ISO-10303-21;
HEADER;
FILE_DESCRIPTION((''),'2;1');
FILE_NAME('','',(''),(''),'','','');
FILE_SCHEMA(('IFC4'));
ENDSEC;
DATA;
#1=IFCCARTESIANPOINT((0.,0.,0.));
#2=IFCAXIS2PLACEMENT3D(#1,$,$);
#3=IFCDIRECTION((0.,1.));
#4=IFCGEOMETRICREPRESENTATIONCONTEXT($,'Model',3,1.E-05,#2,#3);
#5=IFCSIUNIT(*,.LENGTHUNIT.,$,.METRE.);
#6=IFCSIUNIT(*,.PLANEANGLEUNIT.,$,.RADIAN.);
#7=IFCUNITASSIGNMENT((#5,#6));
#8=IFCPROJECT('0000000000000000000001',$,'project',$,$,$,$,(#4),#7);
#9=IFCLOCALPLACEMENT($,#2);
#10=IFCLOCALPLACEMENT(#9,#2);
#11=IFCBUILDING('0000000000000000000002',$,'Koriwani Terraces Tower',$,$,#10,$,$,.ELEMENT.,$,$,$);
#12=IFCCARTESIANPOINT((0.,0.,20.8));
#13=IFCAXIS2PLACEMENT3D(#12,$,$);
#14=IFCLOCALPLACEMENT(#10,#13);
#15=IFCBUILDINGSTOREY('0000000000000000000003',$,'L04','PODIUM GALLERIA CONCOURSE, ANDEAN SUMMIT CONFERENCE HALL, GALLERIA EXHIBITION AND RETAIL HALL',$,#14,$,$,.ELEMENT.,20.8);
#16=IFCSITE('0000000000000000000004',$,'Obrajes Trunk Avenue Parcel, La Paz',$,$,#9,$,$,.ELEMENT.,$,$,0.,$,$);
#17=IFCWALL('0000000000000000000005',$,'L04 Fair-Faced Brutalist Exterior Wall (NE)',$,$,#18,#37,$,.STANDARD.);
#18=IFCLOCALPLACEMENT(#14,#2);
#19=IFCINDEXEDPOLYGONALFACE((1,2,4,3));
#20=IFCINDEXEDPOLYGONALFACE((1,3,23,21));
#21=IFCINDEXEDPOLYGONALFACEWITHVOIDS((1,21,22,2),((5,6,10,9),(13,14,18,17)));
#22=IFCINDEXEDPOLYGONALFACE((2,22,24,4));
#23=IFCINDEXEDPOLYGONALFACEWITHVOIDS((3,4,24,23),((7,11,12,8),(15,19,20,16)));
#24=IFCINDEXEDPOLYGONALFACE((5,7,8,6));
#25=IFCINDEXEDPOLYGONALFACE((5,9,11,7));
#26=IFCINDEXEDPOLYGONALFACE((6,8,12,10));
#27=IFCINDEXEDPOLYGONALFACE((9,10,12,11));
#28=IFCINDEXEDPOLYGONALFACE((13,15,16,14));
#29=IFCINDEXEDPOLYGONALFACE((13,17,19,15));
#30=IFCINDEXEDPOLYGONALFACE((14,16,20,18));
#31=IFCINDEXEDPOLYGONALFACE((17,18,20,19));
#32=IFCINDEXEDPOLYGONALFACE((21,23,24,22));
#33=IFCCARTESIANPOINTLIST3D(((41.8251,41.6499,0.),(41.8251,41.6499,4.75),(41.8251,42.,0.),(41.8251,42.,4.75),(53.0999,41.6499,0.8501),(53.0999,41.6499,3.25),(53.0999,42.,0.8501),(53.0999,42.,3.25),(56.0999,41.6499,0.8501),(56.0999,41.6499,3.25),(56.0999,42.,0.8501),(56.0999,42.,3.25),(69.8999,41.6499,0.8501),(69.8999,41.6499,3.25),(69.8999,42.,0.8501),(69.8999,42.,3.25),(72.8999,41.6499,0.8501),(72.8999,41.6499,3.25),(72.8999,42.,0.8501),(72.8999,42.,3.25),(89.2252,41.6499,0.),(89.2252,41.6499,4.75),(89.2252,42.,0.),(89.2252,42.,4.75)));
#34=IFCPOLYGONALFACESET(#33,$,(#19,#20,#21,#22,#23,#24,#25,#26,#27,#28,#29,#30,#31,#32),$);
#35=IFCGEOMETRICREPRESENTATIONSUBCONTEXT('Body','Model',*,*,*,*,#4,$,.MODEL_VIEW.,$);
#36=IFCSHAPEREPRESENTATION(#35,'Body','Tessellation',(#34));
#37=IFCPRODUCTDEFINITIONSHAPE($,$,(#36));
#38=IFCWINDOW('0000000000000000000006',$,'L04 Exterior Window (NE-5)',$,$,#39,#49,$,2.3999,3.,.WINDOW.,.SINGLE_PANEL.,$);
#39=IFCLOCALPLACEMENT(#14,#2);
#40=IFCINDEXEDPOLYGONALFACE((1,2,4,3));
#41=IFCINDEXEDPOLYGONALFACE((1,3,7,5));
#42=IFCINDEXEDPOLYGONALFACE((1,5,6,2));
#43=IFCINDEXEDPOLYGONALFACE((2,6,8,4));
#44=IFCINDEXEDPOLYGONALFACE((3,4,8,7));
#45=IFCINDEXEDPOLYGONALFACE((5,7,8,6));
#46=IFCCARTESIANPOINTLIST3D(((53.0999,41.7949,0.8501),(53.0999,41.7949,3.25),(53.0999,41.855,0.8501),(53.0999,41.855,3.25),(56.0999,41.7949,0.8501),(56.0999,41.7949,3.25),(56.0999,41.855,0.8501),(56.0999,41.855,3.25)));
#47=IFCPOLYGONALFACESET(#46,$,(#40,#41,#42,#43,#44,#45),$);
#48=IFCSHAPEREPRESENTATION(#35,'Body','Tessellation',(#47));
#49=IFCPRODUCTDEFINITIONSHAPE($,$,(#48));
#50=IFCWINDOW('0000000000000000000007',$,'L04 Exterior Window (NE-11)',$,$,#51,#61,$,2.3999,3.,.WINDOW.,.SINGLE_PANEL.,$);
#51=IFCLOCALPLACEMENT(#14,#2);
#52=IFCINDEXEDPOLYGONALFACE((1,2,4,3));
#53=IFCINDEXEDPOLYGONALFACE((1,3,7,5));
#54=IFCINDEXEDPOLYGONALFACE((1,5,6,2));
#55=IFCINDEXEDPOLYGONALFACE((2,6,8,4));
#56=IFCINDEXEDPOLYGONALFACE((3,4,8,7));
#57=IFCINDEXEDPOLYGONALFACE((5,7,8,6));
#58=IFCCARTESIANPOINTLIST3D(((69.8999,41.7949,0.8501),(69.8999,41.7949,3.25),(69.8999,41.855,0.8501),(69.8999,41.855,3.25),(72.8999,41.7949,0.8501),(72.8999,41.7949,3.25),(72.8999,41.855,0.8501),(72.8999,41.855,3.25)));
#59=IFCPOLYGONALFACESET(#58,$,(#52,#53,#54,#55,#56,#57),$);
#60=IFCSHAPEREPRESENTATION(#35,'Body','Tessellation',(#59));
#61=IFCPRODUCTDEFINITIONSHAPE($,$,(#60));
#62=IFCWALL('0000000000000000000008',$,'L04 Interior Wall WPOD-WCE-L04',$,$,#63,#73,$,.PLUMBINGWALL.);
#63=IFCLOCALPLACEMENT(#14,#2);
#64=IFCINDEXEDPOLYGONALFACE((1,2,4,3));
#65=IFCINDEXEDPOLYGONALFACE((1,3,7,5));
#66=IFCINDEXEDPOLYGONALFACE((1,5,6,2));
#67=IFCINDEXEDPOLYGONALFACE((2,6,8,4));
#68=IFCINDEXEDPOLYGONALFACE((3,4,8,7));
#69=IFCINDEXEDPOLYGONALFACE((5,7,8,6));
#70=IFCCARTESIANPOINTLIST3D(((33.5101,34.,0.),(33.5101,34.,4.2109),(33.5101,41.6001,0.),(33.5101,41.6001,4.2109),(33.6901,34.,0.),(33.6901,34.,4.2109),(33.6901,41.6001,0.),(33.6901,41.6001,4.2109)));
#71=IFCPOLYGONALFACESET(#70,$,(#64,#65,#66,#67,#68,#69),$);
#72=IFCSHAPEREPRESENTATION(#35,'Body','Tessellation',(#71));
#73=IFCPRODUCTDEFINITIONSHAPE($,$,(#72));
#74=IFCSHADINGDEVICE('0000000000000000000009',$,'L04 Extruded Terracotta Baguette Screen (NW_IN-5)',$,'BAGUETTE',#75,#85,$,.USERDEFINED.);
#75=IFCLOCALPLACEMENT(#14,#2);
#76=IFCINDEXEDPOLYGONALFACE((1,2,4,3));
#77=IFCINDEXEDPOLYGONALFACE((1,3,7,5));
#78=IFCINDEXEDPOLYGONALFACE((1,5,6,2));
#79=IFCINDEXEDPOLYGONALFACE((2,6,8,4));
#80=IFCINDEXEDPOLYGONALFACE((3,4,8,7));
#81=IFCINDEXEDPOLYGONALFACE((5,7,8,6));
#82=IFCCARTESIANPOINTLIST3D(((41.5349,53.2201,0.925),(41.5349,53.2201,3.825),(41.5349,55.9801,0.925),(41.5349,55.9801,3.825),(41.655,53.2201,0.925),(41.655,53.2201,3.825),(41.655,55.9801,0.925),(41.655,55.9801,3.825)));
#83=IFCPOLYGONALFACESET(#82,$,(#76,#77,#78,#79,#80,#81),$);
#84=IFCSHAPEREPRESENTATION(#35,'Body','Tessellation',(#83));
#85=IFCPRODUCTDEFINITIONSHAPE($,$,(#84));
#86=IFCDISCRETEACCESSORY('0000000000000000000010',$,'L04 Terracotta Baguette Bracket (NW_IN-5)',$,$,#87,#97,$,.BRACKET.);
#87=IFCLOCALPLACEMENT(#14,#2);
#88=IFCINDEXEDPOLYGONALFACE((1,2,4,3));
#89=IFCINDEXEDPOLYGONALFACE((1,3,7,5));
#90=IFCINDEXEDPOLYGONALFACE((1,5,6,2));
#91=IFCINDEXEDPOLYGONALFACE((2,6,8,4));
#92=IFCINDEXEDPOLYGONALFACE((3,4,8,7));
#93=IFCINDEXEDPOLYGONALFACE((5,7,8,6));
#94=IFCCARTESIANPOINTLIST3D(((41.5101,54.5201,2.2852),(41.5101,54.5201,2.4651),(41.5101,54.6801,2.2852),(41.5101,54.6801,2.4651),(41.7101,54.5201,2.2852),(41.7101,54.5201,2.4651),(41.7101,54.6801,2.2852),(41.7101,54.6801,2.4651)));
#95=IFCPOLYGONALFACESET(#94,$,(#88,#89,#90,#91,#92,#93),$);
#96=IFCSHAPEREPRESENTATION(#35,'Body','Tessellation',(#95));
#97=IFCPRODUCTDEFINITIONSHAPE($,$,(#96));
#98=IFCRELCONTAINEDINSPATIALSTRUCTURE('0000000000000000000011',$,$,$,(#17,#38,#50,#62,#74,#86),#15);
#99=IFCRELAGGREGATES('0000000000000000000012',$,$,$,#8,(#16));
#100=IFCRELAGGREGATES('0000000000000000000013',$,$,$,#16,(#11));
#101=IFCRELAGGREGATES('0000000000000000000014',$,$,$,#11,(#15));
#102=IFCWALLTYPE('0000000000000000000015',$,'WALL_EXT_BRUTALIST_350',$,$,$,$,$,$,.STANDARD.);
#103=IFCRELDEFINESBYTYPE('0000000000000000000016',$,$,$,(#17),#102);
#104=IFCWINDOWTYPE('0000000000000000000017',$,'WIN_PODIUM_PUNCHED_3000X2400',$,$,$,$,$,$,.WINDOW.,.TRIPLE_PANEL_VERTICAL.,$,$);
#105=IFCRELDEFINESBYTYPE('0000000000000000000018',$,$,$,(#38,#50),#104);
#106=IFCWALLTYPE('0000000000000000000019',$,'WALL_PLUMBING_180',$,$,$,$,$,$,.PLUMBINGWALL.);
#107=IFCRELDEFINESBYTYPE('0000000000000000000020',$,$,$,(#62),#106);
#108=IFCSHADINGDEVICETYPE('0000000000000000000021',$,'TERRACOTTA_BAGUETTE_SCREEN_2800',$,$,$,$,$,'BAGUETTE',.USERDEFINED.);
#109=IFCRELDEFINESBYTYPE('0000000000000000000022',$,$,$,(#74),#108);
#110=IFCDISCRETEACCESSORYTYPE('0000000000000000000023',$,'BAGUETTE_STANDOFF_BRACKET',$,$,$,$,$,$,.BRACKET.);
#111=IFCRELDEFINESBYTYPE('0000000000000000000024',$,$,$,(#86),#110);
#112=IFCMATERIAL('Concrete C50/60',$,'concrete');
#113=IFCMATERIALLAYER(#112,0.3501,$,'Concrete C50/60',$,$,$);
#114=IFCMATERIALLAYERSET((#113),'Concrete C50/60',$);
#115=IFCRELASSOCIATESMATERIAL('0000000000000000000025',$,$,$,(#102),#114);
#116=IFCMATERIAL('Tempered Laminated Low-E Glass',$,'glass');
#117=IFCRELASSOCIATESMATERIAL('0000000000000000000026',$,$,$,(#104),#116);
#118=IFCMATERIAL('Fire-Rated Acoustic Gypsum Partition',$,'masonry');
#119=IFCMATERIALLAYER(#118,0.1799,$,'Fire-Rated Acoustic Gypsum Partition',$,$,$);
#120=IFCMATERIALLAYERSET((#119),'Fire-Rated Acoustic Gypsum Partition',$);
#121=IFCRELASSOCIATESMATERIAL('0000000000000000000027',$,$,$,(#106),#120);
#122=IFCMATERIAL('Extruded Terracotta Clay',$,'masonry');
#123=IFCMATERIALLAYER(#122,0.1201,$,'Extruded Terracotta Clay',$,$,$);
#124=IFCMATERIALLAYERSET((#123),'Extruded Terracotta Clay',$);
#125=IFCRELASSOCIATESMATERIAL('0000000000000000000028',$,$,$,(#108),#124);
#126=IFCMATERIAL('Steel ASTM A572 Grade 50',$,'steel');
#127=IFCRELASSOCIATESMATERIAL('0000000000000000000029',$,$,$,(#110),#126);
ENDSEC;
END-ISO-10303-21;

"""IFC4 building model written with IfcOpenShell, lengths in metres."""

from ifc_helpers import new_model, si_unit, direction, frame, frame_2d, origin, origin_2d, place, context, subcontext, project, spatial, rectangle, extrude, material, layer, layer_set, type_object, element, fill, save


model = new_model("IFC4")

# Units and contexts
model_context = context("Model", 3, precision=1e-05, world=origin(), true_north=direction((0.0, 1.0)))
body_context = subcontext(model_context, "Body", "Model", "MODEL_VIEW")
ifc_project = project(units=[si_unit("LENGTHUNIT", "METRE"), si_unit("PLANEANGLEUNIT", "RADIAN")], contexts=[model_context])

# Site, building, storey
site_placement = place(None, origin())
site = spatial("IfcSite", under=ifc_project, at=site_placement, Name="Obrajes Trunk Avenue Parcel, La Paz", CompositionType="ELEMENT", RefElevation=0.0)
building_placement = place(site_placement, origin())
building = spatial("IfcBuilding", under=site, at=building_placement, Name="Koriwani Terraces Tower", CompositionType="ELEMENT")
storey_placement = place(building_placement, frame((0.0, 0.0, 20.8)))
storey = spatial("IfcBuildingStorey", under=building, at=storey_placement, Name="L04", Description="PODIUM GALLERIA CONCOURSE, ANDEAN SUMMIT CONFERENCE HALL, GALLERIA EXHIBITION AND RETAIL HALL", CompositionType="ELEMENT", Elevation=20.8)

# Shared definitions
ifc_material_1 = material(Name="Steel ASTM A572 Grade 50", Category="steel")

# Wall, openings, windows
ifc_material_2 = material(Name="Concrete C50/60", Category="concrete")
ifc_layer_1 = layer(ifc_material_2, 0.3501, Name="Concrete C50/60")
ifc_layer_set_1 = layer_set([ifc_layer_1], Name="Concrete C50/60")
wall_type_1 = type_object("IfcWallType", Name="WALL_EXT_BRUTALIST_350", PredefinedType="STANDARD", material=ifc_layer_set_1)
wall_1_placement = place(storey_placement, frame((41.825, 41.825, 0.0), z_axis=(0.0, 0.0, 1.0), x_axis=(1.0, 0.0, 0.0)))
wall_1 = element("IfcWall", 1, at=wall_1_placement, inside=storey, type_object=wall_type_1, Name="L04 Fair-Faced Brutalist Exterior Wall (NE)", PredefinedType="STANDARD", context=body_context, shape_type="SweptSolid", body=[
    extrude(rectangle(XDim=47.4001, YDim=0.3501, at=frame_2d((23.7002, 0.0))), origin(), (0.0, 0.0, 1.0), 4.75),
])
opening_1_placement = place(wall_1_placement, frame((11.2749, 0.0, 0.8501)))
opening_1 = element("IfcOpeningElement", 2, at=opening_1_placement, cuts=wall_1, PredefinedType="OPENING", context=body_context, shape_type="SweptSolid", body=[
    extrude(rectangle(XDim=3.0, YDim=2.3999, at=frame_2d((1.5, 1.2))), frame((0.0, 0.1851, 0.0), z_axis=(0.0, -1.0, 0.0), x_axis=(1.0, 0.0, 0.0)), (0.0, 0.0, 1.0), 0.3701),
])
opening_2_placement = place(wall_1_placement, frame((28.075, 0.0, 0.8501)))
opening_2 = element("IfcOpeningElement", 3, at=opening_2_placement, cuts=wall_1, PredefinedType="OPENING", context=body_context, shape_type="SweptSolid", body=[
    extrude(rectangle(XDim=3.0, YDim=2.3999, at=frame_2d((1.5, 1.2))), frame((0.0, 0.1851, 0.0), z_axis=(0.0, -1.0, 0.0), x_axis=(1.0, 0.0, 0.0)), (0.0, 0.0, 1.0), 0.3701),
])
ifc_material_3 = material(Name="Tempered Laminated Low-E Glass", Category="glass")
window_type = type_object("IfcWindowType", Name="WIN_PODIUM_PUNCHED_3000X2400", PartitioningType="TRIPLE_PANEL_VERTICAL", PredefinedType="WINDOW", material=ifc_material_3)
window_1_placement = place(opening_1_placement, origin())
window_1 = element("IfcWindow", 4, at=window_1_placement, inside=storey, type_object=window_type, Name="L04 Exterior Window (NE-5)", OverallHeight=2.3999, OverallWidth=3.0, PartitioningType="SINGLE_PANEL", PredefinedType="WINDOW", context=body_context, shape_type="SweptSolid", body=[
    extrude(rectangle(XDim=3.0, YDim=2.3999, at=frame_2d((1.5, 1.2))), frame((0.0, 0.03, 0.0), z_axis=(0.0, -1.0, 0.0), x_axis=(1.0, 0.0, 0.0)), (0.0, 0.0, 1.0), 0.0601),
])
fill(opening_1, window_1)
window_2_placement = place(opening_2_placement, origin())
window_2 = element("IfcWindow", 5, at=window_2_placement, inside=storey, type_object=window_type, Name="L04 Exterior Window (NE-11)", OverallHeight=2.3999, OverallWidth=3.0, PartitioningType="SINGLE_PANEL", PredefinedType="WINDOW", context=body_context, shape_type="SweptSolid", body=[
    extrude(rectangle(XDim=3.0, YDim=2.3999, at=frame_2d((1.5, 1.2))), frame((0.0, 0.03, 0.0), z_axis=(0.0, -1.0, 0.0), x_axis=(1.0, 0.0, 0.0)), (0.0, 0.0, 1.0), 0.0601),
])
fill(opening_2, window_2)

# Wall
ifc_material_4 = material(Name="Fire-Rated Acoustic Gypsum Partition", Category="masonry")
ifc_layer_2 = layer(ifc_material_4, 0.1799, Name="Fire-Rated Acoustic Gypsum Partition")
ifc_layer_set_2 = layer_set([ifc_layer_2], Name="Fire-Rated Acoustic Gypsum Partition")
wall_type_2 = type_object("IfcWallType", Name="WALL_PLUMBING_180", PredefinedType="PLUMBINGWALL", material=ifc_layer_set_2)
wall_2_placement = place(storey_placement, frame((33.6001, 34.0, 0.0), z_axis=(0.0, 0.0, 1.0), x_axis=(0.0, 1.0, 0.0)))
element("IfcWall", 6, at=wall_2_placement, inside=storey, type_object=wall_type_2, Name="L04 Interior Wall WPOD-WCE-L04", PredefinedType="PLUMBINGWALL", context=body_context, shape_type="SweptSolid", body=[
    extrude(rectangle(XDim=7.6001, YDim=0.1799, at=frame_2d((3.8, 0.0))), origin(), (0.0, 0.0, 1.0), 4.2109),
])

# Shading device
ifc_material_5 = material(Name="Extruded Terracotta Clay", Category="masonry")
ifc_layer_3 = layer(ifc_material_5, 0.1201, Name="Extruded Terracotta Clay")
ifc_layer_set_3 = layer_set([ifc_layer_3], Name="Extruded Terracotta Clay")
shading_device_type = type_object("IfcShadingDeviceType", Name="TERRACOTTA_BAGUETTE_SCREEN_2800", ElementType="BAGUETTE", PredefinedType="USERDEFINED", material=ifc_layer_set_3)
shading_device_placement = place(storey_placement, frame((41.595, 54.6001, 0.925), z_axis=(0.0, 0.0, 1.0), x_axis=(0.0, -1.0, 0.0)))
element("IfcShadingDevice", 7, at=shading_device_placement, inside=storey, type_object=shading_device_type, Name="L04 Extruded Terracotta Baguette Screen (NW_IN-5)", ObjectType="BAGUETTE", PredefinedType="USERDEFINED", context=body_context, shape_type="SweptSolid", body=[
    extrude(rectangle(XDim=2.76, YDim=0.1201, at=origin_2d()), origin(), (0.0, 0.0, 1.0), 2.8999),
])

# Discrete accessory
discrete_accessory_type = type_object("IfcDiscreteAccessoryType", Name="BAGUETTE_STANDOFF_BRACKET", PredefinedType="BRACKET", material=ifc_material_1)
discrete_accessory_placement = place(storey_placement, frame((41.6101, 54.6001, 2.2852), z_axis=(0.0, 0.0, 1.0), x_axis=(0.0, -1.0, 0.0)))
element("IfcDiscreteAccessory", 8, at=discrete_accessory_placement, inside=storey, type_object=discrete_accessory_type, Name="L04 Terracotta Baguette Bracket (NW_IN-5)", PredefinedType="BRACKET", context=body_context, shape_type="SweptSolid", body=[
    extrude(rectangle(XDim=0.1599, YDim=0.2, at=origin_2d()), origin(), (0.0, 0.0, 1.0), 0.1799),
])

save(model, "model.ifc")
